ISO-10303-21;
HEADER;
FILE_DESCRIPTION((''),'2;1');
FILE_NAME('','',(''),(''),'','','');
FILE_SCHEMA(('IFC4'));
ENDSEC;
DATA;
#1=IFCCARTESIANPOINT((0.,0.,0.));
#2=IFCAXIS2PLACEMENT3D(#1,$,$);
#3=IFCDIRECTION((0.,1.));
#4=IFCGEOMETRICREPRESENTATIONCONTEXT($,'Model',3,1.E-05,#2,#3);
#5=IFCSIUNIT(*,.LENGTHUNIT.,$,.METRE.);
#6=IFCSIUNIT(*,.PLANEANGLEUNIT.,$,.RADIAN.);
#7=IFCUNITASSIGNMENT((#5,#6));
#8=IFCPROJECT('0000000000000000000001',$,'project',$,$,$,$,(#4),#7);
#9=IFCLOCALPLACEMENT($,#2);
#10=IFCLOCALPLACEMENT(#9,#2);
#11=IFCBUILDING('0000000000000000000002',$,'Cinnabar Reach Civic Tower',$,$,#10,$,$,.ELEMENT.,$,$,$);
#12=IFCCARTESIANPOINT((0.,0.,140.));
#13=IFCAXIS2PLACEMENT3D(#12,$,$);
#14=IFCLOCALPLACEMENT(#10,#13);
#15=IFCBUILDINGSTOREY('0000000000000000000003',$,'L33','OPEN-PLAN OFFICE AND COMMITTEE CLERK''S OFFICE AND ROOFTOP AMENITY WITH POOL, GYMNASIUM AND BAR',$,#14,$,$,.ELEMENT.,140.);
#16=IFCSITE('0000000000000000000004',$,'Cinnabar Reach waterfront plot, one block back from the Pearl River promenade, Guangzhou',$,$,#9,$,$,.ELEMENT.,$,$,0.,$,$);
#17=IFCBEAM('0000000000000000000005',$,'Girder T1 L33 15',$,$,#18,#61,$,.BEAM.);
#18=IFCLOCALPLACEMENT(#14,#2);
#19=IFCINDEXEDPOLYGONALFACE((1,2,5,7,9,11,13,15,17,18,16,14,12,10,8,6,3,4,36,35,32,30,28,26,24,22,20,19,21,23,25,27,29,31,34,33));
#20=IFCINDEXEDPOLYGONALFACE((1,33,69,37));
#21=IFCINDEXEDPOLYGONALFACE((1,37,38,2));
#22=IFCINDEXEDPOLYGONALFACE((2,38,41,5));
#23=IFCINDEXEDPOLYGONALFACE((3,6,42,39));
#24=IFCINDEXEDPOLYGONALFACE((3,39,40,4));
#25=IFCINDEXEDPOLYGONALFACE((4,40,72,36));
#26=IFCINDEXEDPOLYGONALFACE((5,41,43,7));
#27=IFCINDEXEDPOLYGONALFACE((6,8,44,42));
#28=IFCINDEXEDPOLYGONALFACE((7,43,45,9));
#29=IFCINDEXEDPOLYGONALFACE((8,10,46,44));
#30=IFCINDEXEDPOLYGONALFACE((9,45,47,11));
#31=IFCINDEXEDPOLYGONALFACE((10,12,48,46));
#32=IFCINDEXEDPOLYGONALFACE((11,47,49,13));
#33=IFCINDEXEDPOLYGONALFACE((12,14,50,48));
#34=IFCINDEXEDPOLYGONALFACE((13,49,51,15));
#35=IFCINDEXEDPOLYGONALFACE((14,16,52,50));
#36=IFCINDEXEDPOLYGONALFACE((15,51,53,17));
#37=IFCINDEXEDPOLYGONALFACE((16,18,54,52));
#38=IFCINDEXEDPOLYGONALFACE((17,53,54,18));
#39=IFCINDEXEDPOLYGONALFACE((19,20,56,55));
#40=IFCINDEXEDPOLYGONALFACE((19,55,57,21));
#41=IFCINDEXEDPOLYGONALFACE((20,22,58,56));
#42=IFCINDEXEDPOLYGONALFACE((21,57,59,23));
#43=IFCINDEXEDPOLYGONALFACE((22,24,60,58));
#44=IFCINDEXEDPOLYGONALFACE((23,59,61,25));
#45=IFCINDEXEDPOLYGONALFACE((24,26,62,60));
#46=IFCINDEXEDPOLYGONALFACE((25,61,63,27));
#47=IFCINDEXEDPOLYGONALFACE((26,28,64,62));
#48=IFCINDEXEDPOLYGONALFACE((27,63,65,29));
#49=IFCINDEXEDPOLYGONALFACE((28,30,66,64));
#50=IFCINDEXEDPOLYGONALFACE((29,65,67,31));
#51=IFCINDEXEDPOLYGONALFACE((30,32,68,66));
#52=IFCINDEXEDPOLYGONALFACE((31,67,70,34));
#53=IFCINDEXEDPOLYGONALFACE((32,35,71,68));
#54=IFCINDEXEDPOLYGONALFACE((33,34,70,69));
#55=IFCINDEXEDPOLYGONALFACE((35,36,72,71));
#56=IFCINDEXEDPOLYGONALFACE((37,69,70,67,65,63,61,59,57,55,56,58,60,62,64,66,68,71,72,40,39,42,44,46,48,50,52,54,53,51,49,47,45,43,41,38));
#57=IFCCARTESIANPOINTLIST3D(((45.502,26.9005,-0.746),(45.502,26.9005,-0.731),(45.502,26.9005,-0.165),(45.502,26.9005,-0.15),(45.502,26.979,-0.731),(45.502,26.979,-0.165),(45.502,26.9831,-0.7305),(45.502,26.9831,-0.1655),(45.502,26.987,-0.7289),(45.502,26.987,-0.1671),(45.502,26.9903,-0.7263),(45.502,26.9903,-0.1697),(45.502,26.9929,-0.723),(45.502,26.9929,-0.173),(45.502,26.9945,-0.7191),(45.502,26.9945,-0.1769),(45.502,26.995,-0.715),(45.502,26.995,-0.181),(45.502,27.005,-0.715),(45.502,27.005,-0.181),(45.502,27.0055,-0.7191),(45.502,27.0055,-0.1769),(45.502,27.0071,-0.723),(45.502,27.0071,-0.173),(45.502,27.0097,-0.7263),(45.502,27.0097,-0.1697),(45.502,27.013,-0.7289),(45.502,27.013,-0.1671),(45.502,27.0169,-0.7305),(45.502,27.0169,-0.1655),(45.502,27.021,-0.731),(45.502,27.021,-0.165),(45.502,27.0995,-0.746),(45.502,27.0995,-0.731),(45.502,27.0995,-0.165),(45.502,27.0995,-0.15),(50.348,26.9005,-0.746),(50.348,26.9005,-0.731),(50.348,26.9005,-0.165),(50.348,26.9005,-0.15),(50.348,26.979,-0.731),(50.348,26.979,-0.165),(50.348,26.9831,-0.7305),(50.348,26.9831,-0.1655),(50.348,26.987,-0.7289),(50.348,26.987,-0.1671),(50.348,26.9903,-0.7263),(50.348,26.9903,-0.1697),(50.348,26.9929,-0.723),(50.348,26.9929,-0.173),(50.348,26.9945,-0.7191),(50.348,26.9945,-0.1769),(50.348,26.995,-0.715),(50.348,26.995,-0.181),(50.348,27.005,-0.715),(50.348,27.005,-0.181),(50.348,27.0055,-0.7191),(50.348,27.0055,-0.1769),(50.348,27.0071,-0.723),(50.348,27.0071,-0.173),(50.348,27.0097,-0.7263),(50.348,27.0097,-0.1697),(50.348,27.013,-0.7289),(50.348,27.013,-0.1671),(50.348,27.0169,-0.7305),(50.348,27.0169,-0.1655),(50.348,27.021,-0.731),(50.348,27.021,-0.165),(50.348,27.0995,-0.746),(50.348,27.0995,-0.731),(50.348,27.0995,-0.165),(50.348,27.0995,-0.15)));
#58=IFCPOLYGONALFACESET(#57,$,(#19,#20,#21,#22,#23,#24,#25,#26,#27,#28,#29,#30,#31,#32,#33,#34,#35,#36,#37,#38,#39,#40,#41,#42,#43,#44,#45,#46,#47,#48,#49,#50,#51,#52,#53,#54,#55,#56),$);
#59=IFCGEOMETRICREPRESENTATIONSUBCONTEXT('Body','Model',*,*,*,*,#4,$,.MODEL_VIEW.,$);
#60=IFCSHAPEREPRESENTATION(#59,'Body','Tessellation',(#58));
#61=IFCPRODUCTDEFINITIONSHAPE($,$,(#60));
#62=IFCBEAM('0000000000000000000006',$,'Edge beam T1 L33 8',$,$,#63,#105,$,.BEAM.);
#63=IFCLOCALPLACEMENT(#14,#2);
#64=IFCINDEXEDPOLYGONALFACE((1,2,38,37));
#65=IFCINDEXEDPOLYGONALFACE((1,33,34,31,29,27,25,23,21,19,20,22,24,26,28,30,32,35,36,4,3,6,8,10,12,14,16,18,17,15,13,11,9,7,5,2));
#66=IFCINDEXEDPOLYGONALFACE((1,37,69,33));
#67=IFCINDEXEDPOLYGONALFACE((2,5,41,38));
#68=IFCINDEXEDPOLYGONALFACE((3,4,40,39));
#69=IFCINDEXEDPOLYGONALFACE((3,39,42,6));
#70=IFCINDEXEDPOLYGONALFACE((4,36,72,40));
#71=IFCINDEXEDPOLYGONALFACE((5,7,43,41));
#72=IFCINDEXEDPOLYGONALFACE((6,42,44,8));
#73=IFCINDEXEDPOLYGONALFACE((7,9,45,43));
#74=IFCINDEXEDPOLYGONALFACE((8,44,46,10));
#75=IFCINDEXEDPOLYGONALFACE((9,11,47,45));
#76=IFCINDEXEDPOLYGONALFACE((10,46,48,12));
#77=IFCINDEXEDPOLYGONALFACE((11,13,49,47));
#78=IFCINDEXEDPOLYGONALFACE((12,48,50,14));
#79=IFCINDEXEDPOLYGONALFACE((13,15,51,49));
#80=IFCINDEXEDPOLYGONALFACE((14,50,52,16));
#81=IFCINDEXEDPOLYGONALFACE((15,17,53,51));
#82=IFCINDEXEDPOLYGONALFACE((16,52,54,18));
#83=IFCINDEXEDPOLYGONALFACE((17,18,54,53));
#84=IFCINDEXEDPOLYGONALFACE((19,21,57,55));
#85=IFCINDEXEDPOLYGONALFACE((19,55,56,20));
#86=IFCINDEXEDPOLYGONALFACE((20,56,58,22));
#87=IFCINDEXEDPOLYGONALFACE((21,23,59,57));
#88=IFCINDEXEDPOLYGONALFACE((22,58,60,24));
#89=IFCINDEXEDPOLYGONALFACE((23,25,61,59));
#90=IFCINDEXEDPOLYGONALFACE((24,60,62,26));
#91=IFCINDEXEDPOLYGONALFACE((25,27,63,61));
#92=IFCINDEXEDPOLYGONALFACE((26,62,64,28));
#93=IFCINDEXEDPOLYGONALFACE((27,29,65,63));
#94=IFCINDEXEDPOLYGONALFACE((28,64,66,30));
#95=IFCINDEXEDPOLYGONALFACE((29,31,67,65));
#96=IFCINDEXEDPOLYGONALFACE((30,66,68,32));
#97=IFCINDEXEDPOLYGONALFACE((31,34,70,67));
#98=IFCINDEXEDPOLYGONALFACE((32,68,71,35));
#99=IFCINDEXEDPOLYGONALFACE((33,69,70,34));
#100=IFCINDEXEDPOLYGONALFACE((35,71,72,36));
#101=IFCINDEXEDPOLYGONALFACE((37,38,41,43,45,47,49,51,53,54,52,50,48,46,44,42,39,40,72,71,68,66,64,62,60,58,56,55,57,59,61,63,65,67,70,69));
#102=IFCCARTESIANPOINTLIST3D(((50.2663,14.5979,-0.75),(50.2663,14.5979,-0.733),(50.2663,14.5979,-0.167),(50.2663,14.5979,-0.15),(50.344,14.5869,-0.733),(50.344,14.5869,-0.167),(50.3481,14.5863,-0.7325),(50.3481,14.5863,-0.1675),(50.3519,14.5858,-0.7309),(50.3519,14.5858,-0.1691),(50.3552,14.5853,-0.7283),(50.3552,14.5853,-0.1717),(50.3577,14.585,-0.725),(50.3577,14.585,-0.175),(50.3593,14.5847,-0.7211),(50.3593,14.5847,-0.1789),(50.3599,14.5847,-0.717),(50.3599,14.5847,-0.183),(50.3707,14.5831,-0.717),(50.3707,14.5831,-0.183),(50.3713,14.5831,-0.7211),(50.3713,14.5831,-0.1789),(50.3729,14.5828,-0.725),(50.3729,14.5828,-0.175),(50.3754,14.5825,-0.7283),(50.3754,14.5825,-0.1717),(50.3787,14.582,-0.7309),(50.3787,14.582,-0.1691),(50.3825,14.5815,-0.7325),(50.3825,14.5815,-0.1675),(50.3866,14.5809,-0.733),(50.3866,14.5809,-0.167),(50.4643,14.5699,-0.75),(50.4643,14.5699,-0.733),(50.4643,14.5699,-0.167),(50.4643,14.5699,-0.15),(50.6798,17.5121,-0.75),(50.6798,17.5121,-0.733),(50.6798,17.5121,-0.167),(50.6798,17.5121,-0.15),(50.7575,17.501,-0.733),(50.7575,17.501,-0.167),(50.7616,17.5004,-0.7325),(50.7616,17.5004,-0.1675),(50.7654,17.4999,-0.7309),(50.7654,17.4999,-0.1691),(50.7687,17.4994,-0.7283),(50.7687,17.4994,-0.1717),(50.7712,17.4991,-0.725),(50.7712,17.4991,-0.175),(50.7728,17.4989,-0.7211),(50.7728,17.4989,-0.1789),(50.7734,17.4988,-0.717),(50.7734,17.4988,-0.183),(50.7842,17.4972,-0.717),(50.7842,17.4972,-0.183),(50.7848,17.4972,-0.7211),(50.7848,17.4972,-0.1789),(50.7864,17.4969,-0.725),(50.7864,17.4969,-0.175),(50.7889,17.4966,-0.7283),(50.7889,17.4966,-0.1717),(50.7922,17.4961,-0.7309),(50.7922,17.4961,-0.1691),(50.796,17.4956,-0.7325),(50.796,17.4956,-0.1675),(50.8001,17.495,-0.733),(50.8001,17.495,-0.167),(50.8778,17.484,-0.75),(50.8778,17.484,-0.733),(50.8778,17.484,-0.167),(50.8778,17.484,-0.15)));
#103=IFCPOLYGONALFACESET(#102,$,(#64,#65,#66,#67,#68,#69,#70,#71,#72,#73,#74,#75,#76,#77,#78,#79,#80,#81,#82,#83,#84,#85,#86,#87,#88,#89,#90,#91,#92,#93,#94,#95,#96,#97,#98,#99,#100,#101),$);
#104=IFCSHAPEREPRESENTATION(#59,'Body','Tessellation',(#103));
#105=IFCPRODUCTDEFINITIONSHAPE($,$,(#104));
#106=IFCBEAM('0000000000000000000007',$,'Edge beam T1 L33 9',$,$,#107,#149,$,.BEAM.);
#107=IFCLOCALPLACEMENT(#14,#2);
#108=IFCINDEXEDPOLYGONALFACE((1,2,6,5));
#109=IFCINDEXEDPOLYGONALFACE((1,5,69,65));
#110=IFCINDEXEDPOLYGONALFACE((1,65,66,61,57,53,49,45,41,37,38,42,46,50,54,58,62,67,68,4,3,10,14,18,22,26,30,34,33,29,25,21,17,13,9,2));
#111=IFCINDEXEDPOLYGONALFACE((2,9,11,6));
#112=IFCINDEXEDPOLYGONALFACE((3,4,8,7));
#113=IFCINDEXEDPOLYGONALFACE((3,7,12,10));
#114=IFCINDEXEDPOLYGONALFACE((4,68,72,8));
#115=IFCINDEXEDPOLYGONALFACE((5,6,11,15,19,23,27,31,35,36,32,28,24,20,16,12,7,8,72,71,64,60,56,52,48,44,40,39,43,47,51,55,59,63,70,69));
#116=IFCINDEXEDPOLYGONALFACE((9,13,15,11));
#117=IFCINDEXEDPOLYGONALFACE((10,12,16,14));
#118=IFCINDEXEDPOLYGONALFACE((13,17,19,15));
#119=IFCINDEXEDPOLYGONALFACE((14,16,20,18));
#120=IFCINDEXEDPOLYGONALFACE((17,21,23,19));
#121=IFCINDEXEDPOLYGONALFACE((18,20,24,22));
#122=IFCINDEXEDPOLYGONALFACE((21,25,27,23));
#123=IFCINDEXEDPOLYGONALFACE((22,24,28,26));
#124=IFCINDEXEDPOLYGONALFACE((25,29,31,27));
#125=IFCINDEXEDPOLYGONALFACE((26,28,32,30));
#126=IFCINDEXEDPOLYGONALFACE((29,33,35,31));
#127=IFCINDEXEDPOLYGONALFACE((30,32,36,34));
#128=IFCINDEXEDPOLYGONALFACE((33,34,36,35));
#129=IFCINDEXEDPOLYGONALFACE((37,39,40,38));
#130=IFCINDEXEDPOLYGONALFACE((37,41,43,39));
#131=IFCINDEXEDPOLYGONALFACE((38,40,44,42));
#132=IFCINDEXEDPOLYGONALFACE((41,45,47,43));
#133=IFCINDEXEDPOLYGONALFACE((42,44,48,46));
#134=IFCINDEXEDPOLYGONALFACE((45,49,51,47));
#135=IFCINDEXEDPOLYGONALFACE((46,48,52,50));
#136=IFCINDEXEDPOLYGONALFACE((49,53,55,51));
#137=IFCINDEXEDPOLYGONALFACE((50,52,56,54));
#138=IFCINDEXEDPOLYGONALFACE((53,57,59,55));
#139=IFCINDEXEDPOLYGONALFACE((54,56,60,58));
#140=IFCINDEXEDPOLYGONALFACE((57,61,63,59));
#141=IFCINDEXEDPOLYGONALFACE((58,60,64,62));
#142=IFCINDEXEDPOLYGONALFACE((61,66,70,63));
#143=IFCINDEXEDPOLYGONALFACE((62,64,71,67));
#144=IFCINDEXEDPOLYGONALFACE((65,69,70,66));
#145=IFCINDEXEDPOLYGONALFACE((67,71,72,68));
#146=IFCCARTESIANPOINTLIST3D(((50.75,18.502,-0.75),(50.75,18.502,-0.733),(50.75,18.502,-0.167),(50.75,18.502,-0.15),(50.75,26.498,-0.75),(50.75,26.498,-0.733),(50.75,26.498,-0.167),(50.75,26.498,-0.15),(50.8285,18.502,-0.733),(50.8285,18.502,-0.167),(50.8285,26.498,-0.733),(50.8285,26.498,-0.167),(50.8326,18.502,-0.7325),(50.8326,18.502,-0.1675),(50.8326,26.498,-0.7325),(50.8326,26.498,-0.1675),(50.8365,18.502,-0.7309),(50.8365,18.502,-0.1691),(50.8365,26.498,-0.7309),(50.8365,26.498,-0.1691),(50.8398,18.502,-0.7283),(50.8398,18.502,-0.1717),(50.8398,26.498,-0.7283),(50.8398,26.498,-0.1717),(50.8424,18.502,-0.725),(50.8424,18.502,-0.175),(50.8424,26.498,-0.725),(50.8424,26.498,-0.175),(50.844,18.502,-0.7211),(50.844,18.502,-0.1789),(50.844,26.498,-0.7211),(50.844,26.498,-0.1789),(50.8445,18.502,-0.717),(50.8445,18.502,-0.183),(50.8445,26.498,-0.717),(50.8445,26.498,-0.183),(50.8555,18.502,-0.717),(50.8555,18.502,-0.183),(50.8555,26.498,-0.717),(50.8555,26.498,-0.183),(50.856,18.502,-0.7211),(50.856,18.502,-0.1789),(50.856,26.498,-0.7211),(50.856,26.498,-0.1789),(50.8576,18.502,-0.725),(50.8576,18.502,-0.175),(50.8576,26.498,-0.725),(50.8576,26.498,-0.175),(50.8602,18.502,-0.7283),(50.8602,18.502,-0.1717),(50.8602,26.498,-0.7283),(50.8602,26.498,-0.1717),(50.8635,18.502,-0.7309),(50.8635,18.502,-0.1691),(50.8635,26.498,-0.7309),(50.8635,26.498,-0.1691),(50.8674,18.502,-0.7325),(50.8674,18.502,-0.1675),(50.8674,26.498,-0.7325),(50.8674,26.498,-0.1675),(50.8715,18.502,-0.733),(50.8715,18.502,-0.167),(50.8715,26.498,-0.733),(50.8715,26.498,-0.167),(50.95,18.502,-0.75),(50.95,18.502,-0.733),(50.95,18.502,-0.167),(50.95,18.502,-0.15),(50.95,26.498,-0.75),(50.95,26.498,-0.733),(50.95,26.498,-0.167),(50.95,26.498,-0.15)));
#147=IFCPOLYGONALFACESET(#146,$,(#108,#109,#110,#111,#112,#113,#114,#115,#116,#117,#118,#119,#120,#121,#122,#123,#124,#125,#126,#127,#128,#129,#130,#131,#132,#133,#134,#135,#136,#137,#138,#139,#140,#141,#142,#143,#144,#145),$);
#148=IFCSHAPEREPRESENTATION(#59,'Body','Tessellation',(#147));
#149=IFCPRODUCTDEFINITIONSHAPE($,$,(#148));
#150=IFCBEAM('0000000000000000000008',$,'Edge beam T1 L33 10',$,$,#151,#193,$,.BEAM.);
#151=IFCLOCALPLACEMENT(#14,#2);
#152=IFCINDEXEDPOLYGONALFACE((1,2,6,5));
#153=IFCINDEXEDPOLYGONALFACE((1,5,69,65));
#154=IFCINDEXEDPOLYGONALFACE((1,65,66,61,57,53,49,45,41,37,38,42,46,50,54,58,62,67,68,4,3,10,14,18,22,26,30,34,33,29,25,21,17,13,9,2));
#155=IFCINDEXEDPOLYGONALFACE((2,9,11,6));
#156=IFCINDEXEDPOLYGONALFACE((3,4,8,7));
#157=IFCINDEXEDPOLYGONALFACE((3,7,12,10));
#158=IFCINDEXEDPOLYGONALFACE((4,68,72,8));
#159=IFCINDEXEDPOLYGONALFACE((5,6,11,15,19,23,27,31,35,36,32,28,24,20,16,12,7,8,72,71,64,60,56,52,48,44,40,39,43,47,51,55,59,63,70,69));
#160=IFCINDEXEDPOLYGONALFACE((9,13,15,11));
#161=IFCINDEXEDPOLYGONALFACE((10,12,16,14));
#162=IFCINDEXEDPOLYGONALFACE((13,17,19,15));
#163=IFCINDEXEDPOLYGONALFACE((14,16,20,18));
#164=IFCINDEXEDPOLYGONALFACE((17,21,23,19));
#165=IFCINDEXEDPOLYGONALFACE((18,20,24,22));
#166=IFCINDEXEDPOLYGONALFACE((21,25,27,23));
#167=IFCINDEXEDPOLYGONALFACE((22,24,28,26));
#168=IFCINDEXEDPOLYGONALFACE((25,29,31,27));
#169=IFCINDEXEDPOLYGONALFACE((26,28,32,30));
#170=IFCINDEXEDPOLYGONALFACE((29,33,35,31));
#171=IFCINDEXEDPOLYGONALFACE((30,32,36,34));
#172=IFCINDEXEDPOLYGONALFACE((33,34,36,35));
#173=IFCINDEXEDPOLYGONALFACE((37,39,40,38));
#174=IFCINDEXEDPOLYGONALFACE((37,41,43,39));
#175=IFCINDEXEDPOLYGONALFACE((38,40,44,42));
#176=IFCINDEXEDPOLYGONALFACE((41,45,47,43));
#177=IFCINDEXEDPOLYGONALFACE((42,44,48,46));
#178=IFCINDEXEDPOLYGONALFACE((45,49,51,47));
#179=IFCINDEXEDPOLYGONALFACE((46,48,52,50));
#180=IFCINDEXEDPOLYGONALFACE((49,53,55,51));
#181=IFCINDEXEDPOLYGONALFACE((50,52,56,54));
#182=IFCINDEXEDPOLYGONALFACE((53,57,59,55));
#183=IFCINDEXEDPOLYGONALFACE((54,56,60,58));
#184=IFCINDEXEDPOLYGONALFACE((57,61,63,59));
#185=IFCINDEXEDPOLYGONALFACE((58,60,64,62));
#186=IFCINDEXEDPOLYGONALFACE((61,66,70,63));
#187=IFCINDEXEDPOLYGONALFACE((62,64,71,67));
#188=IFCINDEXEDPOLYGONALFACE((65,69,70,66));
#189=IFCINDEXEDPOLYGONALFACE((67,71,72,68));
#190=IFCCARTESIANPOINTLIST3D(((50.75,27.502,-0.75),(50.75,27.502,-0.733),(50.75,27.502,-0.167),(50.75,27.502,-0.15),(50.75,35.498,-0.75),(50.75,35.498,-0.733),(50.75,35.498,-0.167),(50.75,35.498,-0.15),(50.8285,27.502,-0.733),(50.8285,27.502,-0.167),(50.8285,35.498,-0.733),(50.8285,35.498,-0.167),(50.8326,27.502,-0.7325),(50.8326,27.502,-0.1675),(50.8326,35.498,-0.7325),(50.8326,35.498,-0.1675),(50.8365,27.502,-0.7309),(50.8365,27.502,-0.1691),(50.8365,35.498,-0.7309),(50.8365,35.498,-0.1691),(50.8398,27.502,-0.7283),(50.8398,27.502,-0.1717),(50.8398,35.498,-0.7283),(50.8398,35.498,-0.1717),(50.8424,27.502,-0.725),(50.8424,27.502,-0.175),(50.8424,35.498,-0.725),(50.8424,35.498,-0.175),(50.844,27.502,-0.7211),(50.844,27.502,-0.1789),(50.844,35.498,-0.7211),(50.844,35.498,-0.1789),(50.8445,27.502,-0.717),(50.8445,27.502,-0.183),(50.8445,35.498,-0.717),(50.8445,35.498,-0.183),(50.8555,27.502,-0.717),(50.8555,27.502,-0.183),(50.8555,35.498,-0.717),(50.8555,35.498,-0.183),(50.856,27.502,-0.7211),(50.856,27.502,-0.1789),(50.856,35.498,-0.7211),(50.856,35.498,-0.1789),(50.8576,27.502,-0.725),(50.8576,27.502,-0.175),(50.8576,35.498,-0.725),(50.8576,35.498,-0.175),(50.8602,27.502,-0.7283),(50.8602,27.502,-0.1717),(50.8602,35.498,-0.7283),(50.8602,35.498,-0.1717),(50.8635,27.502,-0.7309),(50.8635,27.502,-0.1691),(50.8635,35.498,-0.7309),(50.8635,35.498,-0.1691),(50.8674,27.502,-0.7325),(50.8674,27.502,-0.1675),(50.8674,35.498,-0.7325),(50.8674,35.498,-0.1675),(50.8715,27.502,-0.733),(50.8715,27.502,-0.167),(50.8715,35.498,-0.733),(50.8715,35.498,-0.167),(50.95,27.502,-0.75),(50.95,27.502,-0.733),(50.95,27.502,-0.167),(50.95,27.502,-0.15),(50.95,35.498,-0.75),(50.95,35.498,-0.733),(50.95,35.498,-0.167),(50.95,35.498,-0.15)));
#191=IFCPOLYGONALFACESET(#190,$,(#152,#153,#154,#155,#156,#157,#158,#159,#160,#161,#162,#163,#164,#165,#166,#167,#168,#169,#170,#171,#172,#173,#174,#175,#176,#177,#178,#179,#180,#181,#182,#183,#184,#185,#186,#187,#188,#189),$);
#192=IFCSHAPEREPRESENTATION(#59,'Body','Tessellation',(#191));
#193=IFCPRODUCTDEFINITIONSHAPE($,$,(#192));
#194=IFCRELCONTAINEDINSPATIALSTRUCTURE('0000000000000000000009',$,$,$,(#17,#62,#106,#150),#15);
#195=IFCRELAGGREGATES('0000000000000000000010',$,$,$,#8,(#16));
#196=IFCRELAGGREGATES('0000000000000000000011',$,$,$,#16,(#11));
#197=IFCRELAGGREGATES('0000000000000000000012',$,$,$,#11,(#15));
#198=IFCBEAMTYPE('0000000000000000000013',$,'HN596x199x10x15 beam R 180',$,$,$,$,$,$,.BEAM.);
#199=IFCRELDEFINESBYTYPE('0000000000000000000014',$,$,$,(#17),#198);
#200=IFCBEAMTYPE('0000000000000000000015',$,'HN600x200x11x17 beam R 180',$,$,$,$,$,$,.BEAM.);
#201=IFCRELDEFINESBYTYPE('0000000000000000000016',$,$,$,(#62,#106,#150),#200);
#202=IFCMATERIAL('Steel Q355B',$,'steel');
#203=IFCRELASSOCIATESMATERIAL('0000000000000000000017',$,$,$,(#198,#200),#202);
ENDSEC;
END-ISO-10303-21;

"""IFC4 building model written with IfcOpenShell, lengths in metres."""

from ifc_helpers import new_model, si_unit, direction, frame, origin, origin_2d, place, context, subcontext, project, spatial, i_section, extrude, material, material_profile, profile_set, type_object, element, save


model = new_model("IFC4")

# Units and contexts
model_context = context("Model", 3, precision=1e-05, world=origin(), true_north=direction((0.0, 1.0)))
body_context = subcontext(model_context, "Body", "Model", "MODEL_VIEW")
ifc_project = project(units=[si_unit("LENGTHUNIT", "METRE"), si_unit("PLANEANGLEUNIT", "RADIAN")], contexts=[model_context])

# Site, building, storey
site_placement = place(None, origin())
site = spatial("IfcSite", under=ifc_project, at=site_placement, Name="Cinnabar Reach waterfront plot, one block back from the Pearl River promenade, Guangzhou", CompositionType="ELEMENT", RefElevation=0.0)
building_placement = place(site_placement, origin())
building = spatial("IfcBuilding", under=site, at=building_placement, Name="Cinnabar Reach Civic Tower", CompositionType="ELEMENT")
storey_placement = place(building_placement, frame((0.0, 0.0, 140.0)))
storey = spatial("IfcBuildingStorey", under=building, at=storey_placement, Name="L33", Description="OPEN-PLAN OFFICE AND COMMITTEE CLERK'S OFFICE AND ROOFTOP AMENITY WITH POOL, GYMNASIUM AND BAR", CompositionType="ELEMENT", Elevation=140.0)

# Beams
ifc_material_1 = material(Name="Steel Q355B", Category="steel")
ifc_material_profile_1 = material_profile(ifc_material_1, i_section(OverallWidth=0.199, OverallDepth=0.596, WebThickness=0.01, FlangeThickness=0.015, FilletRadius=0.016, at=origin_2d()), Name="HN596x199x10x15")
ifc_profile_set_1 = profile_set([ifc_material_profile_1], Name="Steel Q355B")
beam_type_1 = type_object("IfcBeamType", Name="HN596x199x10x15 beam R 180", PredefinedType="BEAM", material=ifc_profile_set_1)
for number, where, z_axis, x_axis, name in (
    (1, (45.502, 27.0, -0.448), (1.0, 0.0, 0.0), (0.0, 1.0, 0.0), "Girder T1 L33 15"),
):
    element("IfcBeam", number, at=place(storey_placement, frame(where, z_axis=z_axis, x_axis=x_axis)), inside=storey, type_object=beam_type_1, Name=name, PredefinedType="BEAM", context=body_context, shape_type="SweptSolid", body=[
        extrude(i_section(OverallWidth=0.199, OverallDepth=0.596, WebThickness=0.01, FlangeThickness=0.015, FilletRadius=0.016, at=origin_2d()), origin(), (0.0, 0.0, 1.0), 4.846),
    ])
ifc_material_profile_2 = material_profile(ifc_material_1, i_section(OverallWidth=0.2, OverallDepth=0.6, WebThickness=0.011, FlangeThickness=0.017, FilletRadius=0.016, at=origin_2d()), Name="HN600x200x11x17")
ifc_profile_set_2 = profile_set([ifc_material_profile_2], Name="Steel Q355B")
beam_type_2 = type_object("IfcBeamType", Name="HN600x200x11x17 beam R 180", PredefinedType="BEAM", material=ifc_profile_set_2)
beam_1_placement = place(storey_placement, frame((50.3653, 14.5839, -0.45), z_axis=(0.140489, 0.990082, 0.0), x_axis=(-0.990082, 0.140489, 0.0)))
element("IfcBeam", 2, at=beam_1_placement, inside=storey, type_object=beam_type_2, Name="Edge beam T1 L33 8", PredefinedType="BEAM", context=body_context, shape_type="SweptSolid", body=[
    extrude(i_section(OverallWidth=0.2, OverallDepth=0.6, WebThickness=0.011, FlangeThickness=0.017, FilletRadius=0.016, at=origin_2d()), origin(), (0.0, 0.0, 1.0), 2.9433),
])
for number, where, z_axis, x_axis, name in (
    (3, (50.85, 18.502, -0.45), (0.0, 1.0, 0.0), (-1.0, 0.0, 0.0), "Edge beam T1 L33 9"),
    (4, (50.85, 27.502, -0.45), (0.0, 1.0, 0.0), (-1.0, 0.0, 0.0), "Edge beam T1 L33 10"),
):
    element("IfcBeam", number, at=place(storey_placement, frame(where, z_axis=z_axis, x_axis=x_axis)), inside=storey, type_object=beam_type_2, Name=name, PredefinedType="BEAM", context=body_context, shape_type="SweptSolid", body=[
        extrude(i_section(OverallWidth=0.2, OverallDepth=0.6, WebThickness=0.011, FlangeThickness=0.017, FilletRadius=0.016, at=origin_2d()), origin(), (0.0, 0.0, 1.0), 7.996),
    ])

save(model, "model.ifc")
